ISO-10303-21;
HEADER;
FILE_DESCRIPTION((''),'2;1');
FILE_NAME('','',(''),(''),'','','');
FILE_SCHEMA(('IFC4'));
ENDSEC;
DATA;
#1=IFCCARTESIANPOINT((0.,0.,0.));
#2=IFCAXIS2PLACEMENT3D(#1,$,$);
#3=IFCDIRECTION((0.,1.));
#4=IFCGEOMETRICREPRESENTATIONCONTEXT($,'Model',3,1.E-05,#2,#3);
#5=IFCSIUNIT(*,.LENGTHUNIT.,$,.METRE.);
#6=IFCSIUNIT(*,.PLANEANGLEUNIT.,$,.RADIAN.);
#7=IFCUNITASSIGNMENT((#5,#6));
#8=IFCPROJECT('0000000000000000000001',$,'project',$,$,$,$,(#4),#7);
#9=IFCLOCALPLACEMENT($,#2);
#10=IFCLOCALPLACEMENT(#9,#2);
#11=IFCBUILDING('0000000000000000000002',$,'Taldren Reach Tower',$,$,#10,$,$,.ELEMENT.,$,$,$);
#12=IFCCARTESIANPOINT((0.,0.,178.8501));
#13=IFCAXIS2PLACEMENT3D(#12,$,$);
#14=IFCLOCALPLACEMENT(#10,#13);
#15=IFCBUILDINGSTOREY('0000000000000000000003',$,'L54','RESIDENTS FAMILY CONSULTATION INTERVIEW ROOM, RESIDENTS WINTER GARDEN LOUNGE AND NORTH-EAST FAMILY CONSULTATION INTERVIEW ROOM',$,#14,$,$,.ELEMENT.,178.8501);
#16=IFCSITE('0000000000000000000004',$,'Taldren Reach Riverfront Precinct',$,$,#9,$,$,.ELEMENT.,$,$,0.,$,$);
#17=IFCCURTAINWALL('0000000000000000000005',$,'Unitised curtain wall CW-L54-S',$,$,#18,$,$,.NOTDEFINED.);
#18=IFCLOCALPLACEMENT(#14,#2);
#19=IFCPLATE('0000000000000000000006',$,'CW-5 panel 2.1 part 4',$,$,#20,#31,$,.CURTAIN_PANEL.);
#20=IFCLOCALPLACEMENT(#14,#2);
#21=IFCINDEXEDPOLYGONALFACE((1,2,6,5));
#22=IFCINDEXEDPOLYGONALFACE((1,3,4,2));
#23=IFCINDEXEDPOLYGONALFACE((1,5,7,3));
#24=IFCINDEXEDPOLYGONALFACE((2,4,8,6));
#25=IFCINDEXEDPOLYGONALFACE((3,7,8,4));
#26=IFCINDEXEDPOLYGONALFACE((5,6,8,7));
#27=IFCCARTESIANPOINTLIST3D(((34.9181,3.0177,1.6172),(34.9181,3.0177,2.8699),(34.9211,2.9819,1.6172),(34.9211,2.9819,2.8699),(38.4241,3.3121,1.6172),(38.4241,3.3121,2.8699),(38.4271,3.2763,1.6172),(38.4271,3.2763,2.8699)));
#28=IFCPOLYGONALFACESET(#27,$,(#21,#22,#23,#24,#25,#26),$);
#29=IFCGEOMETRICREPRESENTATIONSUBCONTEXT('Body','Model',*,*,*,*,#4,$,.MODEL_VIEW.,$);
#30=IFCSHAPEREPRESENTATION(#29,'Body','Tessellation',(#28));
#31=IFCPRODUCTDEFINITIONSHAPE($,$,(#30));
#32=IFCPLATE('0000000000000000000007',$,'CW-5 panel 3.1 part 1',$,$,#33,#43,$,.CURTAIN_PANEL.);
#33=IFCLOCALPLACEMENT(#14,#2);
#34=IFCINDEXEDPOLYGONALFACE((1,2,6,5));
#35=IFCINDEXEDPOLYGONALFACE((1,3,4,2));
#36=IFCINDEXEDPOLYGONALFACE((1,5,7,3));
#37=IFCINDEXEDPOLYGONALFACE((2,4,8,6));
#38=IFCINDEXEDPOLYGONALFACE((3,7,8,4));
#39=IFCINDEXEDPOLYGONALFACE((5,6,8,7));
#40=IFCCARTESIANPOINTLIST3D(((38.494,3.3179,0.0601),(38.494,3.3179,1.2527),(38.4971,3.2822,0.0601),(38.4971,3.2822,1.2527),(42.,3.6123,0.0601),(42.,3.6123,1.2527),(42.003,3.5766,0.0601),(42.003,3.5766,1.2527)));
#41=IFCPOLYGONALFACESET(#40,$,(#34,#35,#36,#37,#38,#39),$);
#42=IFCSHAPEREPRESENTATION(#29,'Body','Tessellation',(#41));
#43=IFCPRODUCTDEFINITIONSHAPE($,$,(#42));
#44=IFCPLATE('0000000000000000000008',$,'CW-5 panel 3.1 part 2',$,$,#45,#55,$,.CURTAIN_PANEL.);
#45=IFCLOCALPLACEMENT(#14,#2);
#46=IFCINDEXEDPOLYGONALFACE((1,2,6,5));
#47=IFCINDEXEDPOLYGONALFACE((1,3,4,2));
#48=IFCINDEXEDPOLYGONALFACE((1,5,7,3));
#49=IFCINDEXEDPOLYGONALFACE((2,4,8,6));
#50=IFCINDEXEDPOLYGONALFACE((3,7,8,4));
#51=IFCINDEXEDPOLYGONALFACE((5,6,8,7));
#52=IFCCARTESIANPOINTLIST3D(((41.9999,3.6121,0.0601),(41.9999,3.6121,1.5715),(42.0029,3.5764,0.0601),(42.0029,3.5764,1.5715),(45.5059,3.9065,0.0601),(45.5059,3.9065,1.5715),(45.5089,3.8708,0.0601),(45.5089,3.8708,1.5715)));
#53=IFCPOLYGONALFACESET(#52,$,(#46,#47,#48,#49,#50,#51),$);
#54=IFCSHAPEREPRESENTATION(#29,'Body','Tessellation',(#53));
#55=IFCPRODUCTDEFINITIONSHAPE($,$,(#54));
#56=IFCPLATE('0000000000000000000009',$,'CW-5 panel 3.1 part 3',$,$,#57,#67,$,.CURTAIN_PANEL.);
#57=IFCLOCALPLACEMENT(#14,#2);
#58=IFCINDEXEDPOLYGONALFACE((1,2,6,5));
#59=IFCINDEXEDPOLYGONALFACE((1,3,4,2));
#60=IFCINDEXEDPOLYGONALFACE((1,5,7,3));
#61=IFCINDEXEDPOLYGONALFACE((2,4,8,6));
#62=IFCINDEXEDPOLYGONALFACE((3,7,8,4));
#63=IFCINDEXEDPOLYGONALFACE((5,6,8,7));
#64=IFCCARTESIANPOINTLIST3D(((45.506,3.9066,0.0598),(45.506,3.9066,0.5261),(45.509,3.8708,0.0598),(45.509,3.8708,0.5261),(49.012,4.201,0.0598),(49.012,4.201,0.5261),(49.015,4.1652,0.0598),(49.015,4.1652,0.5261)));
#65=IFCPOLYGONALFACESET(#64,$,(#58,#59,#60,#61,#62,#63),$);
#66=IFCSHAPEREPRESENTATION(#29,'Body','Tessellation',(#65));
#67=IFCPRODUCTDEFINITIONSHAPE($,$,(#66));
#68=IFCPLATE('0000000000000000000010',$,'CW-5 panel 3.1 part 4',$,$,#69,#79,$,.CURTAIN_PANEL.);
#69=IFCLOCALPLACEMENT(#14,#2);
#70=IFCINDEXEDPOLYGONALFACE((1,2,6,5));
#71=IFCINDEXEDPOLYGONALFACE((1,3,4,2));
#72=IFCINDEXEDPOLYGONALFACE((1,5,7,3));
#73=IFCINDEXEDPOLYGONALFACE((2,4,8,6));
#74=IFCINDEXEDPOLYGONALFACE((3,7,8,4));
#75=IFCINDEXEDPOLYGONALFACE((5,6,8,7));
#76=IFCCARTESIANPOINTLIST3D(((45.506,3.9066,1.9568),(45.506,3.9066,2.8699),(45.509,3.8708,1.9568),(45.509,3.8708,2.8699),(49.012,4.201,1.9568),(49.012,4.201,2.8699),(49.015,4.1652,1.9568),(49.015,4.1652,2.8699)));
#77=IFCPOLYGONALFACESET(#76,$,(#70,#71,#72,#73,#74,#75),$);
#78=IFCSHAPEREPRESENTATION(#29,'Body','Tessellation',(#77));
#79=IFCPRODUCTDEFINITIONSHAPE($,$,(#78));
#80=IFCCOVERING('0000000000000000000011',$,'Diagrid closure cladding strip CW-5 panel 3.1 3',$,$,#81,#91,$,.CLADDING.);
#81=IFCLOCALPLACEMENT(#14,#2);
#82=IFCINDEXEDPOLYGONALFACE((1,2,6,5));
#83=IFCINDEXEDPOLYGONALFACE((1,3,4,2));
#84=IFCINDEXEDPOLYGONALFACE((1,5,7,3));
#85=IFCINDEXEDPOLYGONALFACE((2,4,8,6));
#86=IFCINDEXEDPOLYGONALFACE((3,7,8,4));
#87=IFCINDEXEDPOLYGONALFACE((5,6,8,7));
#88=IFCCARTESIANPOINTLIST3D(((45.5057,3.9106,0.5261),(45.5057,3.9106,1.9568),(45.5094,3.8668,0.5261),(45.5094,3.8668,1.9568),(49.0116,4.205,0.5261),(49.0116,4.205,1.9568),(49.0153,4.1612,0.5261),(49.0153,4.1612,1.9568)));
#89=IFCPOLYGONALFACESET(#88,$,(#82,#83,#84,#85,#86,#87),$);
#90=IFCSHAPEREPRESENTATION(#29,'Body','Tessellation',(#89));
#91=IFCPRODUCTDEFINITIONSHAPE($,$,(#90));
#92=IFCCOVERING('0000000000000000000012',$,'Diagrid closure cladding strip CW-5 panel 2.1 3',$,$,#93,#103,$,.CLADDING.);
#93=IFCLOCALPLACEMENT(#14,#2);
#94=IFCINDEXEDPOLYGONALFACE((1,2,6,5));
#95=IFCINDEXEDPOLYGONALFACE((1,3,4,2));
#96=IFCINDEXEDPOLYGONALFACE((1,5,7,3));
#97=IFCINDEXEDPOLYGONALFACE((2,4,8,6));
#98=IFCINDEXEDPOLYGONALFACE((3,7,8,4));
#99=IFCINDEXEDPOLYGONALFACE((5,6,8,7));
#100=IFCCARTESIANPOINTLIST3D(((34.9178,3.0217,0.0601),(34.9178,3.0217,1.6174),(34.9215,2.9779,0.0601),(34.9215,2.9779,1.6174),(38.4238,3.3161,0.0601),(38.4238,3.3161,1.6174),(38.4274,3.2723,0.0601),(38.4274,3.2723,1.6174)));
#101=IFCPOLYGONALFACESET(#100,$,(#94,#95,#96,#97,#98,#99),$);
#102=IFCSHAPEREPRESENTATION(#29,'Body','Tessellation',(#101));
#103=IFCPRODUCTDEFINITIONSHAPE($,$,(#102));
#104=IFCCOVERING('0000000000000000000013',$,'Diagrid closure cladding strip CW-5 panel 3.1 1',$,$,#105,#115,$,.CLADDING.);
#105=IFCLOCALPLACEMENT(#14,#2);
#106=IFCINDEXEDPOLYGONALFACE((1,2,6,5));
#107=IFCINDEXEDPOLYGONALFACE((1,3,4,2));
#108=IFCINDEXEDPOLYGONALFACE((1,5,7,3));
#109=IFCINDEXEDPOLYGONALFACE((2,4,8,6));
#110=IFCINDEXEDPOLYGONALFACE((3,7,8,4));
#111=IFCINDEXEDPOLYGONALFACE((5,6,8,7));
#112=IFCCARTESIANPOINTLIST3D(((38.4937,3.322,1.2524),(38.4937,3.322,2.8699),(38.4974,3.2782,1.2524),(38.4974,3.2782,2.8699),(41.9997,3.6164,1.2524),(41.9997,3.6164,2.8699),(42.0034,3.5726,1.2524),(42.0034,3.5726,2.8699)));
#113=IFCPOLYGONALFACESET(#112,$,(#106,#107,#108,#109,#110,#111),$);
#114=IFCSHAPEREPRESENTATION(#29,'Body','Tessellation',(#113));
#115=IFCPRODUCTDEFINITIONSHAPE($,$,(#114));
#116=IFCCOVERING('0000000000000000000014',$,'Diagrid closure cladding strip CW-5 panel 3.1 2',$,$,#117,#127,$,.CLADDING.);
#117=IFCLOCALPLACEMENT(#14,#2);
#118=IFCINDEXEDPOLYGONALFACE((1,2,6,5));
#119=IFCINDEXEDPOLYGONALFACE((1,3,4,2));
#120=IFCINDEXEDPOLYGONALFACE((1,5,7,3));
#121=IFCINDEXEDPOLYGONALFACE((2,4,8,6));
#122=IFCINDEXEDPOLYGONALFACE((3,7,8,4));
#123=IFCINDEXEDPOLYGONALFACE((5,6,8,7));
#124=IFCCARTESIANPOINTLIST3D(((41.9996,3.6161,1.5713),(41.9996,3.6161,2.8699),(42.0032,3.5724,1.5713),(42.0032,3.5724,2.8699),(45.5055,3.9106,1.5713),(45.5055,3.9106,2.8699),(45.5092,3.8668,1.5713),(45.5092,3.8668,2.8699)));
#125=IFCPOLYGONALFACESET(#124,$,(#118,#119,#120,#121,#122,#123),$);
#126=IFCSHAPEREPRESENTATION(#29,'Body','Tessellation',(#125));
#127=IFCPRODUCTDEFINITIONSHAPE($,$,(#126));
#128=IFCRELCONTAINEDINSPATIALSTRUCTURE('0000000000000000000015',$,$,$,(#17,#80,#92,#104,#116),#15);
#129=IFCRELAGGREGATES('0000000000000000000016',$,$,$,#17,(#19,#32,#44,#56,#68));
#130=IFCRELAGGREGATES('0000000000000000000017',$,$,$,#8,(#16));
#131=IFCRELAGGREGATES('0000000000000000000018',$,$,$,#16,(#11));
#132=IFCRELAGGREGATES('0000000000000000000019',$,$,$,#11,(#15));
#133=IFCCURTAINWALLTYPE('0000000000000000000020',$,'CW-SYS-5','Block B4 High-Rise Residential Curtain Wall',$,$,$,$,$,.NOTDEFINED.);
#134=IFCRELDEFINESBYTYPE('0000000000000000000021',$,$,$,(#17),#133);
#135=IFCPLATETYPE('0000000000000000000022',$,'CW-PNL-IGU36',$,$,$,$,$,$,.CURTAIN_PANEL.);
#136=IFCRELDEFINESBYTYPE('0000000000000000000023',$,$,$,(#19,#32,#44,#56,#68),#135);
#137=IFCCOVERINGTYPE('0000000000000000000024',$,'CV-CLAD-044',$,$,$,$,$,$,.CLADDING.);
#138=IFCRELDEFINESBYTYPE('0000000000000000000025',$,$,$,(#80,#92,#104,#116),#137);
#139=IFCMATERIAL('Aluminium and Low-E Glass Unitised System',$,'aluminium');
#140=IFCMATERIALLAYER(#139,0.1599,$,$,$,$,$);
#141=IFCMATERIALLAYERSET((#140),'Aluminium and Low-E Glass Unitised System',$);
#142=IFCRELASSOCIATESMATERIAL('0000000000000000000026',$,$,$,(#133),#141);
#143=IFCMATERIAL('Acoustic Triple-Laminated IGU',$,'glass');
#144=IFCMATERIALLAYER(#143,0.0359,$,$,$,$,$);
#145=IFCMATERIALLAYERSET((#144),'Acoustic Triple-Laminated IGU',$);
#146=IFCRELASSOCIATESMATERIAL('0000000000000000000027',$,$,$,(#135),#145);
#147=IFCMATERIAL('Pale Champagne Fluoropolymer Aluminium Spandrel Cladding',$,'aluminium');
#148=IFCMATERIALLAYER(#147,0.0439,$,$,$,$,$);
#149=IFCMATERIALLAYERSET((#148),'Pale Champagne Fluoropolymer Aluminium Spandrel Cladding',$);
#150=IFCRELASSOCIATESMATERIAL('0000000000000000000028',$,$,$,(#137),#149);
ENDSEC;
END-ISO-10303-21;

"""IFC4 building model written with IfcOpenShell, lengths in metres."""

from ifc_helpers import new_model, si_unit, direction, frame, origin, origin_2d, place, context, subcontext, project, spatial, rectangle, extrude, source, transform, mapped, material, layer, layer_set, type_object, element, aggregate, save


model = new_model("IFC4")

# Units and contexts
model_context = context("Model", 3, precision=1e-05, world=origin(), true_north=direction((0.0, 1.0)))
body_context = subcontext(model_context, "Body", "Model", "MODEL_VIEW")
ifc_project = project(units=[si_unit("LENGTHUNIT", "METRE"), si_unit("PLANEANGLEUNIT", "RADIAN")], contexts=[model_context])

# Site, building, storey
site_placement = place(None, origin())
site = spatial("IfcSite", under=ifc_project, at=site_placement, Name="Taldren Reach Riverfront Precinct", CompositionType="ELEMENT", RefElevation=0.0)
building_placement = place(site_placement, origin())
building = spatial("IfcBuilding", under=site, at=building_placement, Name="Taldren Reach Tower", CompositionType="ELEMENT")
storey_placement = place(building_placement, frame((0.0, 0.0, 178.8501)))
storey = spatial("IfcBuildingStorey", under=building, at=storey_placement, Name="L54", Description="RESIDENTS FAMILY CONSULTATION INTERVIEW ROOM, RESIDENTS WINTER GARDEN LOUNGE AND NORTH-EAST FAMILY CONSULTATION INTERVIEW ROOM", CompositionType="ELEMENT", Elevation=178.8501)

# Curtain wall
ifc_material_1 = material(Name="Aluminium and Low-E Glass Unitised System", Category="aluminium")
ifc_layer_1 = layer(ifc_material_1, 0.1599)
ifc_layer_set_1 = layer_set([ifc_layer_1], Name="Aluminium and Low-E Glass Unitised System")
curtain_wall_type = type_object("IfcCurtainWallType", Name="CW-SYS-5", Description="Block B4 High-Rise Residential Curtain Wall", PredefinedType="NOTDEFINED", material=ifc_layer_set_1)
curtain_wall_placement = place(storey_placement, origin())
curtain_wall = element("IfcCurtainWall", 1, at=curtain_wall_placement, inside=storey, type_object=curtain_wall_type, Name="Unitised curtain wall CW-L54-S", PredefinedType="NOTDEFINED")

# Plates
ifc_material_2 = material(Name="Acoustic Triple-Laminated IGU", Category="glass")
ifc_layer_2 = layer(ifc_material_2, 0.0359)
ifc_layer_set_2 = layer_set([ifc_layer_2], Name="Acoustic Triple-Laminated IGU")
plate_type_1 = type_object("IfcPlateType", Name="CW-PNL-IGU36", PredefinedType="CURTAIN_PANEL", material=ifc_layer_set_2)
shared_shape_1 = source(origin(), body_context, "Body", "SweptSolid", [
    extrude(rectangle(XDim=3.5183, YDim=0.0359, at=origin_2d()), origin(), (0.0, 0.0, 1.0), 1.2527),
])
plate_1_placement = place(storey_placement, frame((36.6726, 3.147, 1.6172), z_axis=(0.0, 0.0, 1.0), x_axis=(0.996493, 0.083678, 0.0)))
plate_1 = element("IfcPlate", 2, at=plate_1_placement, type_object=plate_type_1, Name="CW-5 panel 2.1 part 4", PredefinedType="CURTAIN_PANEL", context=body_context, shape_type="MappedRepresentation", body=[
    mapped(shared_shape_1, transform((0.0, 0.0, 0.0), scale=1.0)),
])
shared_shape_2 = source(origin(), body_context, "Body", "SweptSolid", [
    extrude(rectangle(XDim=3.5183, YDim=0.0359, at=origin_2d()), origin(), (0.0, 0.0, 1.0), 1.1926),
])
plate_2_placement = place(storey_placement, frame((40.2485, 3.4473, 0.0601), z_axis=(0.0, 0.0, 1.0), x_axis=(0.996493, 0.083678, 0.0)))
plate_2 = element("IfcPlate", 3, at=plate_2_placement, type_object=plate_type_1, Name="CW-5 panel 3.1 part 1", PredefinedType="CURTAIN_PANEL", context=body_context, shape_type="MappedRepresentation", body=[
    mapped(shared_shape_2, transform((0.0, 0.0, 0.0), scale=1.0)),
])
shared_shape_3 = source(origin(), body_context, "Body", "SweptSolid", [
    extrude(rectangle(XDim=3.5183, YDim=0.0359, at=origin_2d()), origin(), (0.0, 0.0, 1.0), 1.5115),
])
plate_3_placement = place(storey_placement, frame((43.7544, 3.7415, 0.0601), z_axis=(0.0, 0.0, 1.0), x_axis=(0.996493, 0.083678, 0.0)))
plate_3 = element("IfcPlate", 4, at=plate_3_placement, type_object=plate_type_1, Name="CW-5 panel 3.1 part 2", PredefinedType="CURTAIN_PANEL", context=body_context, shape_type="MappedRepresentation", body=[
    mapped(shared_shape_3, transform((0.0, 0.0, 0.0), scale=1.0)),
])
shared_shape_4 = source(origin(), body_context, "Body", "SweptSolid", [
    extrude(rectangle(XDim=3.5183, YDim=0.0359, at=origin_2d()), origin(), (0.0, 0.0, 1.0), 0.4663),
])
plate_4_placement = place(storey_placement, frame((47.2605, 4.0359, 0.0598), z_axis=(0.0, 0.0, 1.0), x_axis=(0.996493, 0.083678, 0.0)))
plate_4 = element("IfcPlate", 5, at=plate_4_placement, type_object=plate_type_1, Name="CW-5 panel 3.1 part 3", PredefinedType="CURTAIN_PANEL", context=body_context, shape_type="MappedRepresentation", body=[
    mapped(shared_shape_4, transform((0.0, 0.0, 0.0), scale=1.0)),
])
shared_shape_5 = source(origin(), body_context, "Body", "SweptSolid", [
    extrude(rectangle(XDim=3.5183, YDim=0.0359, at=origin_2d()), origin(), (0.0, 0.0, 1.0), 0.9131),
])
plate_5_placement = place(storey_placement, frame((47.2605, 4.0359, 1.9568), z_axis=(0.0, 0.0, 1.0), x_axis=(0.996493, 0.083678, 0.0)))
plate_5 = element("IfcPlate", 6, at=plate_5_placement, type_object=plate_type_1, Name="CW-5 panel 3.1 part 4", PredefinedType="CURTAIN_PANEL", context=body_context, shape_type="MappedRepresentation", body=[
    mapped(shared_shape_5, transform((0.0, 0.0, 0.0), scale=1.0)),
])
aggregate(curtain_wall, [plate_1, plate_2, plate_3, plate_4, plate_5])

# Coverings
ifc_material_3 = material(Name="Pale Champagne Fluoropolymer Aluminium Spandrel Cladding", Category="aluminium")
ifc_layer_3 = layer(ifc_material_3, 0.0439)
ifc_layer_set_3 = layer_set([ifc_layer_3], Name="Pale Champagne Fluoropolymer Aluminium Spandrel Cladding")
covering_type = type_object("IfcCoveringType", Name="CV-CLAD-044", PredefinedType="CLADDING", material=ifc_layer_set_3)
shared_shape_6 = source(origin(), body_context, "Body", "SweptSolid", [
    extrude(rectangle(XDim=3.5183, YDim=0.0439, at=origin_2d()), origin(), (0.0, 0.0, 1.0), 1.4307),
])
covering_1_placement = place(storey_placement, frame((47.2605, 4.0359, 0.5261), z_axis=(0.0, 0.0, 1.0), x_axis=(0.996493, 0.083678, 0.0)))
element("IfcCovering", 7, at=covering_1_placement, inside=storey, type_object=covering_type, Name="Diagrid closure cladding strip CW-5 panel 3.1 3", PredefinedType="CLADDING", context=body_context, shape_type="MappedRepresentation", body=[
    mapped(shared_shape_6, transform((0.0, 0.0, 0.0), scale=1.0)),
])
shared_shape_7 = source(origin(), body_context, "Body", "SweptSolid", [
    extrude(rectangle(XDim=3.5183, YDim=0.0439, at=origin_2d()), origin(), (0.0, 0.0, 1.0), 1.5574),
])
covering_2_placement = place(storey_placement, frame((36.6726, 3.147, 0.0601), z_axis=(0.0, 0.0, 1.0), x_axis=(0.996493, 0.083678, 0.0)))
element("IfcCovering", 8, at=covering_2_placement, inside=storey, type_object=covering_type, Name="Diagrid closure cladding strip CW-5 panel 2.1 3", PredefinedType="CLADDING", context=body_context, shape_type="MappedRepresentation", body=[
    mapped(shared_shape_7, transform((0.0, 0.0, 0.0), scale=1.0)),
])
shared_shape_8 = source(origin(), body_context, "Body", "SweptSolid", [
    extrude(rectangle(XDim=3.5183, YDim=0.0439, at=origin_2d()), origin(), (0.0, 0.0, 1.0), 1.6174),
])
covering_3_placement = place(storey_placement, frame((40.2485, 3.4473, 1.2524), z_axis=(0.0, 0.0, 1.0), x_axis=(0.996493, 0.083678, 0.0)))
element("IfcCovering", 9, at=covering_3_placement, inside=storey, type_object=covering_type, Name="Diagrid closure cladding strip CW-5 panel 3.1 1", PredefinedType="CLADDING", context=body_context, shape_type="MappedRepresentation", body=[
    mapped(shared_shape_8, transform((0.0, 0.0, 0.0), scale=1.0)),
])
shared_shape_9 = source(origin(), body_context, "Body", "SweptSolid", [
    extrude(rectangle(XDim=3.5183, YDim=0.0439, at=origin_2d()), origin(), (0.0, 0.0, 1.0), 1.2986),
])
covering_4_placement = place(storey_placement, frame((43.7544, 3.7415, 1.5713), z_axis=(0.0, 0.0, 1.0), x_axis=(0.996493, 0.083678, 0.0)))
element("IfcCovering", 10, at=covering_4_placement, inside=storey, type_object=covering_type, Name="Diagrid closure cladding strip CW-5 panel 3.1 2", PredefinedType="CLADDING", context=body_context, shape_type="MappedRepresentation", body=[
    mapped(shared_shape_9, transform((0.0, 0.0, 0.0), scale=1.0)),
])

save(model, "model.ifc")
